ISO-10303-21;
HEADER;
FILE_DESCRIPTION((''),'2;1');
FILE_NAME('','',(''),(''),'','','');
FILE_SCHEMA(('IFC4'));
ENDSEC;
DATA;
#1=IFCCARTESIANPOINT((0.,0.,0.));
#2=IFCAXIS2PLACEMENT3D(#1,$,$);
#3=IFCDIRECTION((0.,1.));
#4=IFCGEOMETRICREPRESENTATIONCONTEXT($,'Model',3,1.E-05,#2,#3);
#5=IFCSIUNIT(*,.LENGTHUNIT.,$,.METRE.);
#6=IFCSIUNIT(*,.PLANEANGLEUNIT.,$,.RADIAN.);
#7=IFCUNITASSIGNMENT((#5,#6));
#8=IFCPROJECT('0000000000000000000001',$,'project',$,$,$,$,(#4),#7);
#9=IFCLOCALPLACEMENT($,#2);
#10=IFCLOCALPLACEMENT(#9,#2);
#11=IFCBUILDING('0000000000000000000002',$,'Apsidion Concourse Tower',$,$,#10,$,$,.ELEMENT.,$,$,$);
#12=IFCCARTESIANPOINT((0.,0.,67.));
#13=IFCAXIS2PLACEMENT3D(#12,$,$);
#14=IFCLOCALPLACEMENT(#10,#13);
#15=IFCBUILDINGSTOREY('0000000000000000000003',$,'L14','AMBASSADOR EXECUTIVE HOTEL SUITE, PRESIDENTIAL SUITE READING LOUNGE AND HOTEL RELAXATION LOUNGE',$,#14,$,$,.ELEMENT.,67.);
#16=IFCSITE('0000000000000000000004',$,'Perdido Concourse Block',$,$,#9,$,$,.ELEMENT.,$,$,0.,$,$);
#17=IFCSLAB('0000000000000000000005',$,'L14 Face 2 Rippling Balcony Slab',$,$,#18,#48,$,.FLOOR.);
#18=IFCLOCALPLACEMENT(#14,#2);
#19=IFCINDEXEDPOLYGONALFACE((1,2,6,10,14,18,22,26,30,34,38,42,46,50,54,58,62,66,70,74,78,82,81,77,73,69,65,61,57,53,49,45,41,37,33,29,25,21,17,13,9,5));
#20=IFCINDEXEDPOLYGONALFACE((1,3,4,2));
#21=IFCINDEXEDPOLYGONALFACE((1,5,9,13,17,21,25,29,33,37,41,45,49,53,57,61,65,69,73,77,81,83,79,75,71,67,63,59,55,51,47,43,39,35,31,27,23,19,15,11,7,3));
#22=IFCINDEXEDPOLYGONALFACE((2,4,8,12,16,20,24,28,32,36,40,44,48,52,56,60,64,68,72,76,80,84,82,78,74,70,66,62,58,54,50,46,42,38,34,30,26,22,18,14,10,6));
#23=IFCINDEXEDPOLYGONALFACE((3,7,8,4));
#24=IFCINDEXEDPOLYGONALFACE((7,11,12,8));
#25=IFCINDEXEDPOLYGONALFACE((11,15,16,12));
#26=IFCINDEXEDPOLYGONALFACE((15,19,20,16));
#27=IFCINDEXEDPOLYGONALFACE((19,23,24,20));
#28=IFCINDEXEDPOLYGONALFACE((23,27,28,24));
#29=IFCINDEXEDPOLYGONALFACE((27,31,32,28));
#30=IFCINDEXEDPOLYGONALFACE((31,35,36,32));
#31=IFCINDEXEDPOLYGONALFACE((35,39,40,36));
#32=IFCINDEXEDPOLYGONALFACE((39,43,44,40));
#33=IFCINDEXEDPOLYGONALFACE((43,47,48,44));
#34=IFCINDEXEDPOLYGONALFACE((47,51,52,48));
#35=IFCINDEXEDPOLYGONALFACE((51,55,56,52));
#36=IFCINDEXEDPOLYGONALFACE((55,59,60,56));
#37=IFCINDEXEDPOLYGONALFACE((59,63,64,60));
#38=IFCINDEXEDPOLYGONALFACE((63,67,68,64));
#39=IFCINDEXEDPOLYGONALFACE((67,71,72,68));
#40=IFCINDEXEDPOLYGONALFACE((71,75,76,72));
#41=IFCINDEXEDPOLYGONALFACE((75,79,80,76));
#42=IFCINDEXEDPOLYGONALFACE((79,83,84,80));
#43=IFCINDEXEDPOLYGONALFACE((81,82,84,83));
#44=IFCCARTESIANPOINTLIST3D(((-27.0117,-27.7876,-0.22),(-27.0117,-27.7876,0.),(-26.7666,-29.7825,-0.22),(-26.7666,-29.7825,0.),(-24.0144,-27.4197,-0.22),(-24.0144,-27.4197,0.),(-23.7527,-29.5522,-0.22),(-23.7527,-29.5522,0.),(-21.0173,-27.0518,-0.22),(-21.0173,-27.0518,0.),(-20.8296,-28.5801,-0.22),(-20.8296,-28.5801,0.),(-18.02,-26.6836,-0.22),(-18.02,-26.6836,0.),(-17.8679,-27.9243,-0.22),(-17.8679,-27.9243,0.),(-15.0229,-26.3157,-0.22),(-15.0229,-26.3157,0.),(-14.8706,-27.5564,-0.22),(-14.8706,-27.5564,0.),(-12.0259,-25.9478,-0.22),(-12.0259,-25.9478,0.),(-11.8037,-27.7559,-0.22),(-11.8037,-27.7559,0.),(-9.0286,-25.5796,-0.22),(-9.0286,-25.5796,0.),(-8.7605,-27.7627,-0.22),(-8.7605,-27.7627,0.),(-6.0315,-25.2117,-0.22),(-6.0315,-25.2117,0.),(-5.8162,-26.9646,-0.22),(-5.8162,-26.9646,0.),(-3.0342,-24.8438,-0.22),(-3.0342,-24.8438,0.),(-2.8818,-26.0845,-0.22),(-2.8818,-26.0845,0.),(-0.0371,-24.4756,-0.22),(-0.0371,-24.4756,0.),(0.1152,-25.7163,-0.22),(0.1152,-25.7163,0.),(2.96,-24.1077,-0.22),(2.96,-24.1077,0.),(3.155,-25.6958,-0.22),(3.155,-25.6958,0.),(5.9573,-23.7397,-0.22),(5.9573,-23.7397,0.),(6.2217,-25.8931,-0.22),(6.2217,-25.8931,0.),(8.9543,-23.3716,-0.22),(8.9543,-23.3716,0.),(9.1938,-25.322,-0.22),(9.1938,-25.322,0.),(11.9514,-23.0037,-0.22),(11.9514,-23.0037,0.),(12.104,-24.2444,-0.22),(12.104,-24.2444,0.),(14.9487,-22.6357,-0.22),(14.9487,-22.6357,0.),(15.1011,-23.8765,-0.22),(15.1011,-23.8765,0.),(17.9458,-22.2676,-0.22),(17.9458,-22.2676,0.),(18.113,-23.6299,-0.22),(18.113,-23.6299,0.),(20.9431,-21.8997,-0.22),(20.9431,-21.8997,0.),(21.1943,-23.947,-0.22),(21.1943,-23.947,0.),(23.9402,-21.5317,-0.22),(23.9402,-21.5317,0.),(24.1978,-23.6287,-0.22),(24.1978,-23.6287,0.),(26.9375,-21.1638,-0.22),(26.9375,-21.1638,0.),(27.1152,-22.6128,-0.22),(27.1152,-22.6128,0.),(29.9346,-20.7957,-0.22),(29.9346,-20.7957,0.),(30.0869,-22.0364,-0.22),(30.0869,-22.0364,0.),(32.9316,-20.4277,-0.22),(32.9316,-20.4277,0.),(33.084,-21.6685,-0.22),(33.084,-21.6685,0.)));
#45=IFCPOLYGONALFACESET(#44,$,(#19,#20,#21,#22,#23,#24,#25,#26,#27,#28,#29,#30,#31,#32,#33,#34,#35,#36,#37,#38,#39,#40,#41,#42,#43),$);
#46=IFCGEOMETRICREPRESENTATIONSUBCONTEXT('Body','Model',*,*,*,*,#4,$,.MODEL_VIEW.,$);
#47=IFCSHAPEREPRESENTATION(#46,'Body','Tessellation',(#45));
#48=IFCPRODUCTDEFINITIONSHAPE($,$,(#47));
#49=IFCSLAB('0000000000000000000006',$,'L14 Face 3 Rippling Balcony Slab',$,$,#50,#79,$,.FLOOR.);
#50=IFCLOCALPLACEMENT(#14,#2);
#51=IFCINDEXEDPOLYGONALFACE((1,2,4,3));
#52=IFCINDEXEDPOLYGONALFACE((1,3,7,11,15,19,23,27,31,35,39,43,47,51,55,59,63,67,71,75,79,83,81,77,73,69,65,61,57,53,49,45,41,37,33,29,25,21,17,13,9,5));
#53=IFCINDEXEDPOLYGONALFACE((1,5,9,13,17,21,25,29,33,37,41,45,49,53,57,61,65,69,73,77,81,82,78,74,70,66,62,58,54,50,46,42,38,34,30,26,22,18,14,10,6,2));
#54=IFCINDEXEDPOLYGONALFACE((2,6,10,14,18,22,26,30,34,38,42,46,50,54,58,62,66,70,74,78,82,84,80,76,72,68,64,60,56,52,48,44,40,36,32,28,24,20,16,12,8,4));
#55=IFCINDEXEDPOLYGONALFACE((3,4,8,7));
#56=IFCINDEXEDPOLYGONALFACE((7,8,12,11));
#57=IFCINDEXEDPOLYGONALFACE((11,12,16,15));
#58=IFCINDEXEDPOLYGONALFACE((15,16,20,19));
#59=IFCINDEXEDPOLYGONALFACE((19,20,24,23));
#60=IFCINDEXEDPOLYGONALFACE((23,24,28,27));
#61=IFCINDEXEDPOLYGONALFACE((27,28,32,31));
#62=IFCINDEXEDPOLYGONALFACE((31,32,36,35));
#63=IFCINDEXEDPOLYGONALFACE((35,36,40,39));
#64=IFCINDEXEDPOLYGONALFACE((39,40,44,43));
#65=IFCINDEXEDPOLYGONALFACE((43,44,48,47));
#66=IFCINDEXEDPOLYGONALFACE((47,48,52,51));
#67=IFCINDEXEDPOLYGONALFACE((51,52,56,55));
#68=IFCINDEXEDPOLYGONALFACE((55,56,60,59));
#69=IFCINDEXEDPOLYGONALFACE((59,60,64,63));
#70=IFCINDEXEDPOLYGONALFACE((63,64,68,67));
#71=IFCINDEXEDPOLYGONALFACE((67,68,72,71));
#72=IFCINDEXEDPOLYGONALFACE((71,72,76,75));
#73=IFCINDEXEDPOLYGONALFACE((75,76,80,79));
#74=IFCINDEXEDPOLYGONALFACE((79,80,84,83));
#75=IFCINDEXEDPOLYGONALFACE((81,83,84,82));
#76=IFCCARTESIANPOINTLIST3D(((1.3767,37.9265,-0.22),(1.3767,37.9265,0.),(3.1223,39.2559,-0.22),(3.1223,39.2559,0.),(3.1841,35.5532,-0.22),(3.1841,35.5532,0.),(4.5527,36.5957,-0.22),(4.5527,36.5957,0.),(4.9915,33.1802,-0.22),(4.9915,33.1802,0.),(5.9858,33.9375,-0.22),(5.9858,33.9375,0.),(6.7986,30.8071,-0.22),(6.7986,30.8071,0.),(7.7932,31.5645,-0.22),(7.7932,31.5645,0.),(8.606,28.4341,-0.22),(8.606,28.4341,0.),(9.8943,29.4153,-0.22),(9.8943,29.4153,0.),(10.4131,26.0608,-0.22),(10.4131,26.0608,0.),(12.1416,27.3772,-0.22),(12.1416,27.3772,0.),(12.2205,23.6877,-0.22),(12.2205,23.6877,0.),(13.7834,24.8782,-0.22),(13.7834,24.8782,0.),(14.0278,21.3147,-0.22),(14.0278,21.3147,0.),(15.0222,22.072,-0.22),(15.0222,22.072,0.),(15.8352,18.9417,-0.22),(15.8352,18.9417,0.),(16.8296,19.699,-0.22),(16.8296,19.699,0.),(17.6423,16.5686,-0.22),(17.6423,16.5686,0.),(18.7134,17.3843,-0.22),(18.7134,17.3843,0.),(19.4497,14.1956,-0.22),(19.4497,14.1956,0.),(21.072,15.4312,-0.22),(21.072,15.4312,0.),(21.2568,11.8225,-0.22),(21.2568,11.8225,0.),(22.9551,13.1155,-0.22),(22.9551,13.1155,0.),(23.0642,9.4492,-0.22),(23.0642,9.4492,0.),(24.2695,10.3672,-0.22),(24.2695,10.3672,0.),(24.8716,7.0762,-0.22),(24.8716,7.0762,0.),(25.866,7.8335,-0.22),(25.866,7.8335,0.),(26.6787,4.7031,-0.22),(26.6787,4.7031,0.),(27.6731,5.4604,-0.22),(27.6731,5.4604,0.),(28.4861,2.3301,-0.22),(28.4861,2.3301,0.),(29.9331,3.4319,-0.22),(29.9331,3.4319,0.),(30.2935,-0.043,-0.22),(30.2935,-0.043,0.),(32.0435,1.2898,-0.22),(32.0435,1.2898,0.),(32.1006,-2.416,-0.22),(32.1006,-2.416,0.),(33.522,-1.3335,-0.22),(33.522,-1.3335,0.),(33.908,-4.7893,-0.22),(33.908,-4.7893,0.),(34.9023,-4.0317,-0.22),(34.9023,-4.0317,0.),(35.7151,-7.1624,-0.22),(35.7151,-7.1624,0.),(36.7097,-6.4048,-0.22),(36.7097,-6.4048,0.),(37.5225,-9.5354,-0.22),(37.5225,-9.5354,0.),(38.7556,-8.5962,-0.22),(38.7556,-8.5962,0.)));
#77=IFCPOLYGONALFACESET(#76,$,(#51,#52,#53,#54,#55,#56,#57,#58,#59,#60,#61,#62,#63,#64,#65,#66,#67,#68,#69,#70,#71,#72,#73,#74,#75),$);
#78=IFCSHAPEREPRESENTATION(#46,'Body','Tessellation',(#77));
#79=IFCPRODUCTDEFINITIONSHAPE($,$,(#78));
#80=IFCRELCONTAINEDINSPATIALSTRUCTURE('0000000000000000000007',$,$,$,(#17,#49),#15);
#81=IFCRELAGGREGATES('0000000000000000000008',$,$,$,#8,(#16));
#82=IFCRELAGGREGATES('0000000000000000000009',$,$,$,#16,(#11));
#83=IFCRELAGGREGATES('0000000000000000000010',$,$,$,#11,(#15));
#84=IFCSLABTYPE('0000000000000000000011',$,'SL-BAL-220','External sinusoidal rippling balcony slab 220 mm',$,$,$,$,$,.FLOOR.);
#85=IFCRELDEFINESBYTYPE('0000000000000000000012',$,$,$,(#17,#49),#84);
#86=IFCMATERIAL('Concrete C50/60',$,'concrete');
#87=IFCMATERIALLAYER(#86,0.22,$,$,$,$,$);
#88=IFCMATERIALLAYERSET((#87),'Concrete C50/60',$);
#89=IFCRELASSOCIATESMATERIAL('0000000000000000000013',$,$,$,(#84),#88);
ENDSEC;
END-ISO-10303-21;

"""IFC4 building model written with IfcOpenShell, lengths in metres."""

from ifc_helpers import new_model, si_unit, direction, frame, origin, place, context, subcontext, project, spatial, polyline, outline, extrude, material, layer, layer_set, type_object, element, save


model = new_model("IFC4")

# Units and contexts
model_context = context("Model", 3, precision=1e-05, world=origin(), true_north=direction((0.0, 1.0)))
body_context = subcontext(model_context, "Body", "Model", "MODEL_VIEW")
ifc_project = project(units=[si_unit("LENGTHUNIT", "METRE"), si_unit("PLANEANGLEUNIT", "RADIAN")], contexts=[model_context])

# Site, building, storey
site_placement = place(None, origin())
site = spatial("IfcSite", under=ifc_project, at=site_placement, Name="Perdido Concourse Block", CompositionType="ELEMENT", RefElevation=0.0)
building_placement = place(site_placement, origin())
building = spatial("IfcBuilding", under=site, at=building_placement, Name="Apsidion Concourse Tower", CompositionType="ELEMENT")
storey_placement = place(building_placement, frame((0.0, 0.0, 67.0)))
storey = spatial("IfcBuildingStorey", under=building, at=storey_placement, Name="L14", Description="AMBASSADOR EXECUTIVE HOTEL SUITE, PRESIDENTIAL SUITE READING LOUNGE AND HOTEL RELAXATION LOUNGE", CompositionType="ELEMENT", Elevation=67.0)

# Shared definitions
ifc_material_1 = material(Name="Concrete C50/60", Category="concrete")

# Slabs
ifc_layer_1 = layer(ifc_material_1, 0.22)
ifc_layer_set_1 = layer_set([ifc_layer_1], Name="Concrete C50/60")
slab_type_1 = type_object("IfcSlabType", Name="SL-BAL-220", Description="External sinusoidal rippling balcony slab 220 mm", PredefinedType="FLOOR", material=ifc_layer_set_1)
slab_1_placement = place(storey_placement, frame((0.0, 0.0, -0.22)))
element("IfcSlab", 1, at=slab_1_placement, inside=storey, type_object=slab_type_1, Name="L14 Face 2 Rippling Balcony Slab", PredefinedType="FLOOR", context=body_context, shape_type="SweptSolid", body=[
    extrude(outline(polyline([(-27.0117, -27.7876), (-24.0144, -27.4197), (-21.0173, -27.0518), (-18.02, -26.6836), (-15.0229, -26.3157), (-12.0259, -25.9478), (-9.0286, -25.5796), (-6.0315, -25.2117), (-3.0342, -24.8438), (-0.0371, -24.4756), (2.96, -24.1077), (5.9573, -23.7397), (8.9543, -23.3716), (11.9514, -23.0037), (14.9487, -22.6357), (17.9458, -22.2676), (20.9431, -21.8997), (23.9402, -21.5317), (26.9375, -21.1638), (29.9346, -20.7957), (32.9316, -20.4277), (33.084, -21.6685), (30.0869, -22.0364), (27.1152, -22.6128), (24.1978, -23.6287), (21.1943, -23.947), (18.113, -23.6299), (15.1011, -23.8765), (12.104, -24.2444), (9.1938, -25.322), (6.2217, -25.8931), (3.155, -25.6958), (0.1152, -25.7163), (-2.8818, -26.0845), (-5.8162, -26.9646), (-8.7605, -27.7627), (-11.8037, -27.7559), (-14.8706, -27.5564), (-17.8679, -27.9243), (-20.8296, -28.5801), (-23.7527, -29.5522), (-26.7666, -29.7825), (-27.0117, -27.7876)])), origin(), (0.0, 0.0, 1.0), 0.22),
])
slab_2_placement = place(storey_placement, frame((0.0, 0.0, -0.22)))
element("IfcSlab", 2, at=slab_2_placement, inside=storey, type_object=slab_type_1, Name="L14 Face 3 Rippling Balcony Slab", PredefinedType="FLOOR", context=body_context, shape_type="SweptSolid", body=[
    extrude(outline(polyline([(37.5225, -9.5354), (35.7151, -7.1624), (33.908, -4.7893), (32.1006, -2.416), (30.2935, -0.043), (28.4861, 2.3301), (26.6787, 4.7031), (24.8716, 7.0762), (23.0642, 9.4492), (21.2568, 11.8225), (19.4497, 14.1956), (17.6423, 16.5686), (15.8352, 18.9417), (14.0278, 21.3147), (12.2205, 23.6877), (10.4131, 26.0608), (8.606, 28.4341), (6.7986, 30.8071), (4.9915, 33.1802), (3.1841, 35.5532), (1.3767, 37.9265), (3.1223, 39.2559), (4.5527, 36.5957), (5.9858, 33.9375), (7.7932, 31.5645), (9.8943, 29.4153), (12.1416, 27.3772), (13.7834, 24.8782), (15.0222, 22.072), (16.8296, 19.699), (18.7134, 17.3843), (21.072, 15.4312), (22.9551, 13.1155), (24.2695, 10.3672), (25.866, 7.8335), (27.6731, 5.4604), (29.9331, 3.4319), (32.0435, 1.2898), (33.522, -1.3335), (34.9023, -4.0317), (36.7097, -6.4048), (38.7556, -8.5962), (37.5225, -9.5354)])), origin(), (0.0, 0.0, 1.0), 0.22),
])

save(model, "model.ifc")
